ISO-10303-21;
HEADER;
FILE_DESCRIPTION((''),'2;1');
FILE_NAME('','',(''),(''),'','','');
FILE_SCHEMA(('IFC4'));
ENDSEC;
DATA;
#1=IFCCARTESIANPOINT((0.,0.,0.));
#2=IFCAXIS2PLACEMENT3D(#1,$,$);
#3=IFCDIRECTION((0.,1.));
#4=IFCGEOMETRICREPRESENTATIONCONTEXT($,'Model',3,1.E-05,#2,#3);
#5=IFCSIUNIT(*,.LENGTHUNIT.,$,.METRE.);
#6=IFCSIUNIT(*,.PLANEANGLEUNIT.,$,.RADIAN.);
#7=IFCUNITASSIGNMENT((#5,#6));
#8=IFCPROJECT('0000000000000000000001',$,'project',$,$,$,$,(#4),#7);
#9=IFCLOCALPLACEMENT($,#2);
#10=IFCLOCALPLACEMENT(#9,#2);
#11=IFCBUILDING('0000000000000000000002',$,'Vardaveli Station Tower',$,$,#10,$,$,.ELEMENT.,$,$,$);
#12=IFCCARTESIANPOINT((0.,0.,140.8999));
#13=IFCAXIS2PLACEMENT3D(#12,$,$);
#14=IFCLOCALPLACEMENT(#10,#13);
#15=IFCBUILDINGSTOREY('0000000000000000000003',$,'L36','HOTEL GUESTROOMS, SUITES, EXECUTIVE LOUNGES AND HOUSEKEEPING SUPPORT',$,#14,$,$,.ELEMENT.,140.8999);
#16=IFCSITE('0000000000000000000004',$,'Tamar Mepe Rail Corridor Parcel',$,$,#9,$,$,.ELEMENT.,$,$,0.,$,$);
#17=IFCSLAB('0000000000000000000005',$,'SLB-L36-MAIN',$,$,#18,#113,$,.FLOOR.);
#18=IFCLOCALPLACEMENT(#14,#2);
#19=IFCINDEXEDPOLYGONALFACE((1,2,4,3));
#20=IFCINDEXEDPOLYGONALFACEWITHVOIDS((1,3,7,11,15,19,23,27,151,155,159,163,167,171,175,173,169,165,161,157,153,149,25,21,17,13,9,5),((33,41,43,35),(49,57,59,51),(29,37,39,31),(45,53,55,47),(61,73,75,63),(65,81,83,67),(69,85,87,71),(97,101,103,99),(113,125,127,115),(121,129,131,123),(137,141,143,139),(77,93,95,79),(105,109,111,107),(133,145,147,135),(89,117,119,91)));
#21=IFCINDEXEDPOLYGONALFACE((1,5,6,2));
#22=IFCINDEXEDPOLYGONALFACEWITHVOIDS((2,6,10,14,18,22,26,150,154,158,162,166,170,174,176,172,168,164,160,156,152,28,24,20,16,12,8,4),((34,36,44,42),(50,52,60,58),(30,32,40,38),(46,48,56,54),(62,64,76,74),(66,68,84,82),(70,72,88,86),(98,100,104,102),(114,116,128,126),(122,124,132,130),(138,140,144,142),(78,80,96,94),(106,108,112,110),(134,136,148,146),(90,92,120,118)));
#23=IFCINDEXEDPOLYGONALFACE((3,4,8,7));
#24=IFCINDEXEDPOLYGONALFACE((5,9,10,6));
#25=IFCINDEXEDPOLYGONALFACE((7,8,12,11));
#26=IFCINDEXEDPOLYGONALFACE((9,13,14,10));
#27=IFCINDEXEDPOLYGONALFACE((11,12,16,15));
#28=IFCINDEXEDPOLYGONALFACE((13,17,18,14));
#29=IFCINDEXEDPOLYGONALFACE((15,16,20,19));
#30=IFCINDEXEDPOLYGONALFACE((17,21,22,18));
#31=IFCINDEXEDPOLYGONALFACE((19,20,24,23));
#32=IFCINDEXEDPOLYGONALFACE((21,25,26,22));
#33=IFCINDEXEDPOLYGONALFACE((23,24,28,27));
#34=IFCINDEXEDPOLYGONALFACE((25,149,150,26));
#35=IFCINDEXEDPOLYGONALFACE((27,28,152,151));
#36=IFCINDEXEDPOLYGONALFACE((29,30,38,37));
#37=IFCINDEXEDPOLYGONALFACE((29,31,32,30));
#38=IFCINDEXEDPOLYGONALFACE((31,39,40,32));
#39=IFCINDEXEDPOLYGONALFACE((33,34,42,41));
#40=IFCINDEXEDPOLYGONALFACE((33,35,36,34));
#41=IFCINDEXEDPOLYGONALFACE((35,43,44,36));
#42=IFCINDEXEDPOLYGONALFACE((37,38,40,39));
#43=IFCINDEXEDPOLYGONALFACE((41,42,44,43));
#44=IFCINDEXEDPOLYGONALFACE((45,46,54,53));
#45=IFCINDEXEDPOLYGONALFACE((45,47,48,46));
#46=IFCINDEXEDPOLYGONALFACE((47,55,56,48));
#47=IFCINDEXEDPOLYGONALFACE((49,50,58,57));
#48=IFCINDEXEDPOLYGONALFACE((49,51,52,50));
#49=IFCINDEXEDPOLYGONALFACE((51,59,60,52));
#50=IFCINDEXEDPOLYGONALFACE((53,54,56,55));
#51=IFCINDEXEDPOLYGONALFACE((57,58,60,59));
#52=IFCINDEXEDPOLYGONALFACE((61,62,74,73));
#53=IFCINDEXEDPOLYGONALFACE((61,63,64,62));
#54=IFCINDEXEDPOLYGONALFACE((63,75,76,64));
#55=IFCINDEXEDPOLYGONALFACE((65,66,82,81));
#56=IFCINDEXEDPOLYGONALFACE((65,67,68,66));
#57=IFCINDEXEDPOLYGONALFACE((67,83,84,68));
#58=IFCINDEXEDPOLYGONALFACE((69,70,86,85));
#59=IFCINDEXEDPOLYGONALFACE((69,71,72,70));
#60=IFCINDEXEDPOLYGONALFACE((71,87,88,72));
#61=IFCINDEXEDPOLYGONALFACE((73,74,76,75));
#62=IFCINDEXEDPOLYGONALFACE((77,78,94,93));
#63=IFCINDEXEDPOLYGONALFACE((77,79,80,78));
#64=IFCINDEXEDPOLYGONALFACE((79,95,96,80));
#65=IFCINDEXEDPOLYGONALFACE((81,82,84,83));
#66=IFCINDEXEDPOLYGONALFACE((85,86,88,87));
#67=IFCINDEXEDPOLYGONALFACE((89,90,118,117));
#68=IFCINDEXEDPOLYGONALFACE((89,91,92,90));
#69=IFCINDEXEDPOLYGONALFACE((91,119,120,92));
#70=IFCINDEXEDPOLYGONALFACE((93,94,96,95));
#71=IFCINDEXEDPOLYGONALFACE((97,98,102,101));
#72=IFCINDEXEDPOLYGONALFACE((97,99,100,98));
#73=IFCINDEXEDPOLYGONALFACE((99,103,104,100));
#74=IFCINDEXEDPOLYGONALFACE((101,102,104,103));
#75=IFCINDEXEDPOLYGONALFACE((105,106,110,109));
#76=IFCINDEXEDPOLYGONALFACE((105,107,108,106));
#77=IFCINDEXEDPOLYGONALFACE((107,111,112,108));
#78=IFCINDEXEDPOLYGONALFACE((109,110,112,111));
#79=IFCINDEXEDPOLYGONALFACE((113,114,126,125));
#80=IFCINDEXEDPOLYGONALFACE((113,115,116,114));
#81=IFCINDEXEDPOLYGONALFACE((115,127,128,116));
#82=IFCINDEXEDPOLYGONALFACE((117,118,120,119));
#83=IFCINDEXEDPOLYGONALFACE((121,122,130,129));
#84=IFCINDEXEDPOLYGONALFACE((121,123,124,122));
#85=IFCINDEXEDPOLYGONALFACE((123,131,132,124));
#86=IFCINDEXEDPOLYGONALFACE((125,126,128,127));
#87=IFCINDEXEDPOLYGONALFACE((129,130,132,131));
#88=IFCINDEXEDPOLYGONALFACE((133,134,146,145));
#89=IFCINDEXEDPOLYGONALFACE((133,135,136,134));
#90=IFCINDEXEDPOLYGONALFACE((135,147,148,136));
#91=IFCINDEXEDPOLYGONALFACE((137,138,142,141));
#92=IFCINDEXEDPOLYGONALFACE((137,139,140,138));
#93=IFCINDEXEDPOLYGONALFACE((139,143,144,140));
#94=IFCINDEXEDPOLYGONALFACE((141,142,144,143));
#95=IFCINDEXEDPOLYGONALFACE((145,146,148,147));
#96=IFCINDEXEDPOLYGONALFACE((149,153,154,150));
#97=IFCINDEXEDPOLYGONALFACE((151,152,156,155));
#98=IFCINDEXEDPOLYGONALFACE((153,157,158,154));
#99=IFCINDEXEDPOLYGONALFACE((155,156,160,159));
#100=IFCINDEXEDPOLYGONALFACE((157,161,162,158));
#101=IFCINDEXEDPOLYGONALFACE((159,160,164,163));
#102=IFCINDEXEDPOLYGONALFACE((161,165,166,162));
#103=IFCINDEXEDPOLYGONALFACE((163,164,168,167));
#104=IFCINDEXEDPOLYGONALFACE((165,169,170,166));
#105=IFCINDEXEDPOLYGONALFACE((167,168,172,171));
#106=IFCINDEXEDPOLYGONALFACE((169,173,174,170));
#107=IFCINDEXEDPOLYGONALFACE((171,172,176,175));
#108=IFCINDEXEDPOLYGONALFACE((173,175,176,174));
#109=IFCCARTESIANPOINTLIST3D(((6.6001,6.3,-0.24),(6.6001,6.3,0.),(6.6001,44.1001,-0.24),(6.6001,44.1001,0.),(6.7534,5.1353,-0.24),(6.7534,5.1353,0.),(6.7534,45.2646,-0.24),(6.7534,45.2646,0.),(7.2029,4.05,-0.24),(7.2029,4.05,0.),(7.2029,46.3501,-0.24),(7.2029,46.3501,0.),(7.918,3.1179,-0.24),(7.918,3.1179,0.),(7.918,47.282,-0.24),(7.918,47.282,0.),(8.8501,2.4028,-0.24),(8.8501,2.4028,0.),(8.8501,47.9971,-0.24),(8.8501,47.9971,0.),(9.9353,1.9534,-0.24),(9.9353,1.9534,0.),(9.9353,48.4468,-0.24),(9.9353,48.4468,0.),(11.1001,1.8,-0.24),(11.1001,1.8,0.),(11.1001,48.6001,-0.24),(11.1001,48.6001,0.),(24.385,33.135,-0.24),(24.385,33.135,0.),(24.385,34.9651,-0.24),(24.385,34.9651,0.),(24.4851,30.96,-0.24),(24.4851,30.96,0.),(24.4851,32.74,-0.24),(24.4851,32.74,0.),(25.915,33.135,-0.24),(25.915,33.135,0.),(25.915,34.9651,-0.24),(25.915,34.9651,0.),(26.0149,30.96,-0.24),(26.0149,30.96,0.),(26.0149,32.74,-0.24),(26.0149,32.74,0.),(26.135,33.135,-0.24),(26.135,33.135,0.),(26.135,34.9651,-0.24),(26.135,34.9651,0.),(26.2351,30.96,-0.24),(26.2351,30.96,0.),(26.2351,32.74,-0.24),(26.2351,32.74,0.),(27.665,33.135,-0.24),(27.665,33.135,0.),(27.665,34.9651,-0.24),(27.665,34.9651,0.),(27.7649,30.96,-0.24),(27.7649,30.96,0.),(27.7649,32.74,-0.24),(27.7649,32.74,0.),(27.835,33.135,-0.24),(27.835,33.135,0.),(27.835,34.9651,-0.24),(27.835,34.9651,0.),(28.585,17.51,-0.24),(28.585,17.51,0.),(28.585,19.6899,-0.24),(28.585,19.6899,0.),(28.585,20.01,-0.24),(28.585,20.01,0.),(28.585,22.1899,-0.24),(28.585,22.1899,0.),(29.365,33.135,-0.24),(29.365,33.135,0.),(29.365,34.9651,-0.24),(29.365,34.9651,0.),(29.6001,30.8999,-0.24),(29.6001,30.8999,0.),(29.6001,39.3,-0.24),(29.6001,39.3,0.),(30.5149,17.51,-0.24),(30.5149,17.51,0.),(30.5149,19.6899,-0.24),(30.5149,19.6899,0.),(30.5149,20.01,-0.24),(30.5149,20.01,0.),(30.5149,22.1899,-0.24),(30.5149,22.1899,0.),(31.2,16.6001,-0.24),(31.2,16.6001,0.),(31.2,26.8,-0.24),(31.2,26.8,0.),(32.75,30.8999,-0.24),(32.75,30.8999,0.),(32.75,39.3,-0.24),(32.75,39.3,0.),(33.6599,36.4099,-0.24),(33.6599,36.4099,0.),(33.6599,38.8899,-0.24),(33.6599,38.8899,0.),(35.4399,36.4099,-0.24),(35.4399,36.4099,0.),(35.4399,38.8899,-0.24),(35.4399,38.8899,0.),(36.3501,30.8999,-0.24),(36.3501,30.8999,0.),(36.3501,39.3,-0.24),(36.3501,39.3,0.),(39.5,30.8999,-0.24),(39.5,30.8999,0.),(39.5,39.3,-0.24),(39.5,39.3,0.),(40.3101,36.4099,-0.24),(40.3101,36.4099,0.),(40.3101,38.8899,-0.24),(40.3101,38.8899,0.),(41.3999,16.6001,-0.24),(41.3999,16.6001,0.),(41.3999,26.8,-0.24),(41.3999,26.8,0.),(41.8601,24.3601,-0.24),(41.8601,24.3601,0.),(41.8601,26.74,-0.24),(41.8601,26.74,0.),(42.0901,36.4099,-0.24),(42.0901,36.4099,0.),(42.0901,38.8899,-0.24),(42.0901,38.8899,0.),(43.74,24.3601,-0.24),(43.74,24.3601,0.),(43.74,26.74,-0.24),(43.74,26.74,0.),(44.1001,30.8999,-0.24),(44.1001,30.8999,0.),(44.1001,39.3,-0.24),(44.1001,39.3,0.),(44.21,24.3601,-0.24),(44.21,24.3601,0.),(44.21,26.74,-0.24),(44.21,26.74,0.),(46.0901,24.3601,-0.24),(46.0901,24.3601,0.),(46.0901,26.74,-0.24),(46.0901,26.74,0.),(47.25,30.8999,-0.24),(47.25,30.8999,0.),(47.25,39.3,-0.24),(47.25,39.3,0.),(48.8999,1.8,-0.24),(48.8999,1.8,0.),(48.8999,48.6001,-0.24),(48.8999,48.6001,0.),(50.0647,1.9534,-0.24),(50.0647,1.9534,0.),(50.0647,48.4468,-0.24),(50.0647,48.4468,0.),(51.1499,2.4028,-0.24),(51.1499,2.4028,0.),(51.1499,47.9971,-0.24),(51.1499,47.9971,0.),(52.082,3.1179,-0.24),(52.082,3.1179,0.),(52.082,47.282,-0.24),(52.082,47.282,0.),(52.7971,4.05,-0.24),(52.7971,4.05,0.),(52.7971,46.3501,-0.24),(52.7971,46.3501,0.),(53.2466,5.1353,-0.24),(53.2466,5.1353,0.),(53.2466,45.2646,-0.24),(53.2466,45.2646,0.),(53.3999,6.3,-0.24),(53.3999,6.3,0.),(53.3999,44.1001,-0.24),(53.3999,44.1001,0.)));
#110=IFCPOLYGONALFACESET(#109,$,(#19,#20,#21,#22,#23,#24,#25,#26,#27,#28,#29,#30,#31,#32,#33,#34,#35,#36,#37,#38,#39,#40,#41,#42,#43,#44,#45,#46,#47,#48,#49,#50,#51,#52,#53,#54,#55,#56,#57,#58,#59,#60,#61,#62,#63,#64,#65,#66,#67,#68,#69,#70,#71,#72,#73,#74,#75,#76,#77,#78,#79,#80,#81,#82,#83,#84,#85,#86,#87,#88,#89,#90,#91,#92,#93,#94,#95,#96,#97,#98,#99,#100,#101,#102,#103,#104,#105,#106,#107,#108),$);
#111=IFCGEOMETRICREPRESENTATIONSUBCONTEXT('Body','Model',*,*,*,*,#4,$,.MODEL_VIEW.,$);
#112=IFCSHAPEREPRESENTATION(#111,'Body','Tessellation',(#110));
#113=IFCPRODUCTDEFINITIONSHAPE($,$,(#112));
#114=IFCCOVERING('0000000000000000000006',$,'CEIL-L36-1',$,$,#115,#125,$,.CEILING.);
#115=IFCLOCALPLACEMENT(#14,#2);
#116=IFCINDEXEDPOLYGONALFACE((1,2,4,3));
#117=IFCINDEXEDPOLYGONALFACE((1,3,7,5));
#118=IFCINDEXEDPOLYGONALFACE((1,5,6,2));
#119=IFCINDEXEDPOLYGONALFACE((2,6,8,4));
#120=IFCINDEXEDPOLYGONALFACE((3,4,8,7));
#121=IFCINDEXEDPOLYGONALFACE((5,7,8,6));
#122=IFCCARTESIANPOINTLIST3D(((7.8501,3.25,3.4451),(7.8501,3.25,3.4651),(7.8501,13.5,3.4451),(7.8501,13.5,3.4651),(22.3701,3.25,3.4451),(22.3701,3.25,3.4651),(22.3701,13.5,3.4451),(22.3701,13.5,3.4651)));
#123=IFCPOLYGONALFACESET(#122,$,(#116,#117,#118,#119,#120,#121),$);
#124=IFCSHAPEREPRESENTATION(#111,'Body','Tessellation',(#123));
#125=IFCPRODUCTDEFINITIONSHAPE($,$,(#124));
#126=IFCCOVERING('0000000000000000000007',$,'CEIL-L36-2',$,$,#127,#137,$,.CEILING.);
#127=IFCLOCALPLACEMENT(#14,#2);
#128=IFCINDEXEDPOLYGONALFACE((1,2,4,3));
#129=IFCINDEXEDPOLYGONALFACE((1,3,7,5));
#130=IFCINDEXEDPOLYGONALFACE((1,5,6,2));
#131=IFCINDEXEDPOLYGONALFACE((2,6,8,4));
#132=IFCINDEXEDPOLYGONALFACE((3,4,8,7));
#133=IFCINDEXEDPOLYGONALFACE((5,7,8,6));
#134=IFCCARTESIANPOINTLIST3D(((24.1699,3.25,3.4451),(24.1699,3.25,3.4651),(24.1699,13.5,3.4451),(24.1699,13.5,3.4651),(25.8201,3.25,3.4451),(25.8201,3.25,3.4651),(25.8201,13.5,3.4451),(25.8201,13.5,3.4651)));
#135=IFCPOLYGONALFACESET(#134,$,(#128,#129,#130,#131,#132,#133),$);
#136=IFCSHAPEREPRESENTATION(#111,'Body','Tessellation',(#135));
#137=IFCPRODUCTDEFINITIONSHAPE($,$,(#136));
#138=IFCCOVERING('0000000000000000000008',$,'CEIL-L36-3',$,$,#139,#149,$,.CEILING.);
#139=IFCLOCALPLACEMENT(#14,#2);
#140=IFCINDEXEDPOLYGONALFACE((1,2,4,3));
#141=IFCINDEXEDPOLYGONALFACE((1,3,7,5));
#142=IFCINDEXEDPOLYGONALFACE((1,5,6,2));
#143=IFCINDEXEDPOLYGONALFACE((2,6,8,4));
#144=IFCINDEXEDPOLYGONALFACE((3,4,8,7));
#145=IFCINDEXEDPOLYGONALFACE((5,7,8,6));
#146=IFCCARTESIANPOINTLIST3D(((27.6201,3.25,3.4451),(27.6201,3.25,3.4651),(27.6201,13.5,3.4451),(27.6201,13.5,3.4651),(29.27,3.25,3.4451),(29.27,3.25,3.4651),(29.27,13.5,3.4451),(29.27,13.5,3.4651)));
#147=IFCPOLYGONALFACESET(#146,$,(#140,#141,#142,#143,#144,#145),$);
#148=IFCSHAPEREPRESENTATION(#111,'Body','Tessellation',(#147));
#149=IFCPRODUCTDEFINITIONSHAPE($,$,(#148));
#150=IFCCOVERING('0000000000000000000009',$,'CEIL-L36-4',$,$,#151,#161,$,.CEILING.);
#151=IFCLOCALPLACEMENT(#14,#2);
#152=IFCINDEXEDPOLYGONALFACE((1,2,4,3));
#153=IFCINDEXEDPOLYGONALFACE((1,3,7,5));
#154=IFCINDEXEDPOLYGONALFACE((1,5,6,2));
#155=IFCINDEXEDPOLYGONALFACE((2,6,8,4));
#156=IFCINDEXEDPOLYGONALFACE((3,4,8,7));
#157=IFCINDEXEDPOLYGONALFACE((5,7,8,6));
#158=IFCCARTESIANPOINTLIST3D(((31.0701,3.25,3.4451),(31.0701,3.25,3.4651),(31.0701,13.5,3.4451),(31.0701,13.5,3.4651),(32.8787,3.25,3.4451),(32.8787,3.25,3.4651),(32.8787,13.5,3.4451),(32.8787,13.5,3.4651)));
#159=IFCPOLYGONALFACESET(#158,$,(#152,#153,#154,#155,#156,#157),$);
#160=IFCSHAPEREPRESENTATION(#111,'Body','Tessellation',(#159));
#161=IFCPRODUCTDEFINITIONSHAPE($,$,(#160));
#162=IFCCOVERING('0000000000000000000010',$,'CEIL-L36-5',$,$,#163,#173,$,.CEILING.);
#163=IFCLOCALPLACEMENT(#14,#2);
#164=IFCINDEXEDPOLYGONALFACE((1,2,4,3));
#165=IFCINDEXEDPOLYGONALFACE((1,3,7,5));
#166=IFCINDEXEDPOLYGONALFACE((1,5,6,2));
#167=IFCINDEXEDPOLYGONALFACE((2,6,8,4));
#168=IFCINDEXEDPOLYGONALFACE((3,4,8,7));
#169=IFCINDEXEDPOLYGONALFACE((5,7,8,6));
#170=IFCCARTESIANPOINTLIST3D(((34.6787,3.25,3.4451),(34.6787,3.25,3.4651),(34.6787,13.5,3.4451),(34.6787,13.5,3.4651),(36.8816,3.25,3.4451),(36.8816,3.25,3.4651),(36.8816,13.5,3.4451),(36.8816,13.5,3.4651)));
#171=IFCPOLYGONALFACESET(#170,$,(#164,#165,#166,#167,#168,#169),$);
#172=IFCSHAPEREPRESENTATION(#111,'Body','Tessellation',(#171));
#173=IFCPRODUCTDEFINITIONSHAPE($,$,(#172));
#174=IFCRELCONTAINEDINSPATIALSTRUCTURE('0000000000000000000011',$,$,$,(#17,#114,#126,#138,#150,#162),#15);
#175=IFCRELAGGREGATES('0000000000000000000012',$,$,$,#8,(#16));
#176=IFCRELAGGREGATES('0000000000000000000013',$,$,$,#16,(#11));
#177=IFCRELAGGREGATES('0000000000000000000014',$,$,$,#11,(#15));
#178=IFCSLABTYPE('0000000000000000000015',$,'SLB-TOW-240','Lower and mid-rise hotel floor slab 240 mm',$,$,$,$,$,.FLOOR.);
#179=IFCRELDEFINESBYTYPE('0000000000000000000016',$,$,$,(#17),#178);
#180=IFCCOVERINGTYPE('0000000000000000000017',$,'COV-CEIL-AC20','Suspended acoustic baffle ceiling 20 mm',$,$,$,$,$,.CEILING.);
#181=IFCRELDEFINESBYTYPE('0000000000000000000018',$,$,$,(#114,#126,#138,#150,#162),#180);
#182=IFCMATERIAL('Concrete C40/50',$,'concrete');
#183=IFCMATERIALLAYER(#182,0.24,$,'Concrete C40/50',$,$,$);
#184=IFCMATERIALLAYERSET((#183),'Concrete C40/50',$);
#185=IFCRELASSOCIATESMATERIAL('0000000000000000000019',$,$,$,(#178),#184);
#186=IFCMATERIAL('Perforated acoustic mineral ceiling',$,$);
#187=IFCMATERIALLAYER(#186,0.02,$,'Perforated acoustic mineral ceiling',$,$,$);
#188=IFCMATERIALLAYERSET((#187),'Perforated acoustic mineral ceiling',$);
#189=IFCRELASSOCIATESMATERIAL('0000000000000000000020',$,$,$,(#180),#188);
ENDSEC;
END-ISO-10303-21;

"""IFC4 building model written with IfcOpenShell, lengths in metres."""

from ifc_helpers import new_model, si_unit, direction, frame, origin, place, context, subcontext, project, spatial, polyline, outline, extrude, material, layer, layer_set, type_object, element, save


model = new_model("IFC4")

# Units and contexts
model_context = context("Model", 3, precision=1e-05, world=origin(), true_north=direction((0.0, 1.0)))
body_context = subcontext(model_context, "Body", "Model", "MODEL_VIEW")
ifc_project = project(units=[si_unit("LENGTHUNIT", "METRE"), si_unit("PLANEANGLEUNIT", "RADIAN")], contexts=[model_context])

# Site, building, storey
site_placement = place(None, origin())
site = spatial("IfcSite", under=ifc_project, at=site_placement, Name="Tamar Mepe Rail Corridor Parcel", CompositionType="ELEMENT", RefElevation=0.0)
building_placement = place(site_placement, origin())
building = spatial("IfcBuilding", under=site, at=building_placement, Name="Vardaveli Station Tower", CompositionType="ELEMENT")
storey_placement = place(building_placement, frame((0.0, 0.0, 140.8999)))
storey = spatial("IfcBuildingStorey", under=building, at=storey_placement, Name="L36", Description="HOTEL GUESTROOMS, SUITES, EXECUTIVE LOUNGES AND HOUSEKEEPING SUPPORT", CompositionType="ELEMENT", Elevation=140.8999)

# Shared definitions
ifc_material_1 = material(Name="Concrete C40/50", Category="concrete")

# Slab
ifc_layer_1 = layer(ifc_material_1, 0.24, Name="Concrete C40/50")
ifc_layer_set_1 = layer_set([ifc_layer_1], Name="Concrete C40/50")
slab_type_1 = type_object("IfcSlabType", Name="SLB-TOW-240", Description="Lower and mid-rise hotel floor slab 240 mm", PredefinedType="FLOOR", material=ifc_layer_set_1)
slab_1_placement = place(storey_placement, frame((0.0, 0.0, -0.24)))
element("IfcSlab", 1, at=slab_1_placement, inside=storey, type_object=slab_type_1, Name="SLB-L36-MAIN", PredefinedType="FLOOR", context=body_context, shape_type="SweptSolid", body=[
    extrude(outline(polyline([(6.6001, 6.3), (6.7534, 5.1353), (7.2029, 4.05), (7.918, 3.1179), (8.8501, 2.4028), (9.9353, 1.9534), (11.1001, 1.8), (48.8999, 1.8), (50.0647, 1.9534), (51.1499, 2.4028), (52.082, 3.1179), (52.7971, 4.05), (53.2466, 5.1353), (53.3999, 6.3), (53.3999, 44.1001), (53.2466, 45.2646), (52.7971, 46.3501), (52.082, 47.282), (51.1499, 47.9971), (50.0647, 48.4468), (48.8999, 48.6001), (11.1001, 48.6001), (9.9353, 48.4468), (8.8501, 47.9971), (7.918, 47.282), (7.2029, 46.3501), (6.7534, 45.2646), (6.6001, 44.1001), (6.6001, 6.3)]), holes=[polyline([(31.2, 16.6001), (41.3999, 16.6001), (41.3999, 26.8), (31.2, 26.8), (31.2, 16.6001)]), polyline([(32.75, 30.8999), (32.75, 39.3), (29.6001, 39.3), (29.6001, 30.8999), (32.75, 30.8999)]), polyline([(39.5, 30.8999), (39.5, 39.3), (36.3501, 39.3), (36.3501, 30.8999), (39.5, 30.8999)]), polyline([(47.25, 30.8999), (47.25, 39.3), (44.1001, 39.3), (44.1001, 30.8999), (47.25, 30.8999)]), polyline([(24.385, 33.135), (25.915, 33.135), (25.915, 34.9651), (24.385, 34.9651), (24.385, 33.135)]), polyline([(26.135, 33.135), (27.665, 33.135), (27.665, 34.9651), (26.135, 34.9651), (26.135, 33.135)]), polyline([(27.835, 33.135), (29.365, 33.135), (29.365, 34.9651), (27.835, 34.9651), (27.835, 33.135)]), polyline([(33.6599, 36.4099), (35.4399, 36.4099), (35.4399, 38.8899), (33.6599, 38.8899), (33.6599, 36.4099)]), polyline([(40.3101, 36.4099), (42.0901, 36.4099), (42.0901, 38.8899), (40.3101, 38.8899), (40.3101, 36.4099)]), polyline([(24.4851, 30.96), (26.0149, 30.96), (26.0149, 32.74), (24.4851, 32.74), (24.4851, 30.96)]), polyline([(26.2351, 30.96), (27.7649, 30.96), (27.7649, 32.74), (26.2351, 32.74), (26.2351, 30.96)]), polyline([(28.585, 17.51), (30.5149, 17.51), (30.5149, 19.6899), (28.585, 19.6899), (28.585, 17.51)]), polyline([(28.585, 20.01), (30.5149, 20.01), (30.5149, 22.1899), (28.585, 22.1899), (28.585, 20.01)]), polyline([(41.8601, 24.3601), (43.74, 24.3601), (43.74, 26.74), (41.8601, 26.74), (41.8601, 24.3601)]), polyline([(44.21, 24.3601), (46.0901, 24.3601), (46.0901, 26.74), (44.21, 26.74), (44.21, 24.3601)])]), origin(), (0.0, 0.0, 1.0), 0.24),
])

# Coverings
ifc_material_2 = material(Name="Perforated acoustic mineral ceiling")
ifc_layer_2 = layer(ifc_material_2, 0.02, Name="Perforated acoustic mineral ceiling")
ifc_layer_set_2 = layer_set([ifc_layer_2], Name="Perforated acoustic mineral ceiling")
covering_type_1 = type_object("IfcCoveringType", Name="COV-CEIL-AC20", Description="Suspended acoustic baffle ceiling 20 mm", PredefinedType="CEILING", material=ifc_layer_set_2)
covering_1_placement = place(storey_placement, frame((0.0, 0.0, 3.4451)))
element("IfcCovering", 2, at=covering_1_placement, inside=storey, type_object=covering_type_1, Name="CEIL-L36-1", PredefinedType="CEILING", context=body_context, shape_type="SweptSolid", body=[
    extrude(outline(polyline([(7.8501, 3.25), (22.3701, 3.25), (22.3701, 13.5), (7.8501, 13.5), (7.8501, 3.25)])), origin(), (0.0, 0.0, 1.0), 0.02),
])
covering_2_placement = place(storey_placement, frame((0.0, 0.0, 3.4451)))
element("IfcCovering", 3, at=covering_2_placement, inside=storey, type_object=covering_type_1, Name="CEIL-L36-2", PredefinedType="CEILING", context=body_context, shape_type="SweptSolid", body=[
    extrude(outline(polyline([(24.1699, 3.25), (25.8201, 3.25), (25.8201, 13.5), (24.1699, 13.5), (24.1699, 3.25)])), origin(), (0.0, 0.0, 1.0), 0.02),
])
covering_3_placement = place(storey_placement, frame((0.0, 0.0, 3.4451)))
element("IfcCovering", 4, at=covering_3_placement, inside=storey, type_object=covering_type_1, Name="CEIL-L36-3", PredefinedType="CEILING", context=body_context, shape_type="SweptSolid", body=[
    extrude(outline(polyline([(27.6201, 3.25), (29.27, 3.25), (29.27, 13.5), (27.6201, 13.5), (27.6201, 3.25)])), origin(), (0.0, 0.0, 1.0), 0.02),
])
covering_4_placement = place(storey_placement, frame((0.0, 0.0, 3.4451)))
element("IfcCovering", 5, at=covering_4_placement, inside=storey, type_object=covering_type_1, Name="CEIL-L36-4", PredefinedType="CEILING", context=body_context, shape_type="SweptSolid", body=[
    extrude(outline(polyline([(31.0701, 3.25), (32.8787, 3.25), (32.8787, 13.5), (31.0701, 13.5), (31.0701, 3.25)])), origin(), (0.0, 0.0, 1.0), 0.02),
])
covering_5_placement = place(storey_placement, frame((0.0, 0.0, 3.4451)))
element("IfcCovering", 6, at=covering_5_placement, inside=storey, type_object=covering_type_1, Name="CEIL-L36-5", PredefinedType="CEILING", context=body_context, shape_type="SweptSolid", body=[
    extrude(outline(polyline([(34.6787, 3.25), (36.8816, 3.25), (36.8816, 13.5), (34.6787, 13.5), (34.6787, 3.25)])), origin(), (0.0, 0.0, 1.0), 0.02),
])

save(model, "model.ifc")
